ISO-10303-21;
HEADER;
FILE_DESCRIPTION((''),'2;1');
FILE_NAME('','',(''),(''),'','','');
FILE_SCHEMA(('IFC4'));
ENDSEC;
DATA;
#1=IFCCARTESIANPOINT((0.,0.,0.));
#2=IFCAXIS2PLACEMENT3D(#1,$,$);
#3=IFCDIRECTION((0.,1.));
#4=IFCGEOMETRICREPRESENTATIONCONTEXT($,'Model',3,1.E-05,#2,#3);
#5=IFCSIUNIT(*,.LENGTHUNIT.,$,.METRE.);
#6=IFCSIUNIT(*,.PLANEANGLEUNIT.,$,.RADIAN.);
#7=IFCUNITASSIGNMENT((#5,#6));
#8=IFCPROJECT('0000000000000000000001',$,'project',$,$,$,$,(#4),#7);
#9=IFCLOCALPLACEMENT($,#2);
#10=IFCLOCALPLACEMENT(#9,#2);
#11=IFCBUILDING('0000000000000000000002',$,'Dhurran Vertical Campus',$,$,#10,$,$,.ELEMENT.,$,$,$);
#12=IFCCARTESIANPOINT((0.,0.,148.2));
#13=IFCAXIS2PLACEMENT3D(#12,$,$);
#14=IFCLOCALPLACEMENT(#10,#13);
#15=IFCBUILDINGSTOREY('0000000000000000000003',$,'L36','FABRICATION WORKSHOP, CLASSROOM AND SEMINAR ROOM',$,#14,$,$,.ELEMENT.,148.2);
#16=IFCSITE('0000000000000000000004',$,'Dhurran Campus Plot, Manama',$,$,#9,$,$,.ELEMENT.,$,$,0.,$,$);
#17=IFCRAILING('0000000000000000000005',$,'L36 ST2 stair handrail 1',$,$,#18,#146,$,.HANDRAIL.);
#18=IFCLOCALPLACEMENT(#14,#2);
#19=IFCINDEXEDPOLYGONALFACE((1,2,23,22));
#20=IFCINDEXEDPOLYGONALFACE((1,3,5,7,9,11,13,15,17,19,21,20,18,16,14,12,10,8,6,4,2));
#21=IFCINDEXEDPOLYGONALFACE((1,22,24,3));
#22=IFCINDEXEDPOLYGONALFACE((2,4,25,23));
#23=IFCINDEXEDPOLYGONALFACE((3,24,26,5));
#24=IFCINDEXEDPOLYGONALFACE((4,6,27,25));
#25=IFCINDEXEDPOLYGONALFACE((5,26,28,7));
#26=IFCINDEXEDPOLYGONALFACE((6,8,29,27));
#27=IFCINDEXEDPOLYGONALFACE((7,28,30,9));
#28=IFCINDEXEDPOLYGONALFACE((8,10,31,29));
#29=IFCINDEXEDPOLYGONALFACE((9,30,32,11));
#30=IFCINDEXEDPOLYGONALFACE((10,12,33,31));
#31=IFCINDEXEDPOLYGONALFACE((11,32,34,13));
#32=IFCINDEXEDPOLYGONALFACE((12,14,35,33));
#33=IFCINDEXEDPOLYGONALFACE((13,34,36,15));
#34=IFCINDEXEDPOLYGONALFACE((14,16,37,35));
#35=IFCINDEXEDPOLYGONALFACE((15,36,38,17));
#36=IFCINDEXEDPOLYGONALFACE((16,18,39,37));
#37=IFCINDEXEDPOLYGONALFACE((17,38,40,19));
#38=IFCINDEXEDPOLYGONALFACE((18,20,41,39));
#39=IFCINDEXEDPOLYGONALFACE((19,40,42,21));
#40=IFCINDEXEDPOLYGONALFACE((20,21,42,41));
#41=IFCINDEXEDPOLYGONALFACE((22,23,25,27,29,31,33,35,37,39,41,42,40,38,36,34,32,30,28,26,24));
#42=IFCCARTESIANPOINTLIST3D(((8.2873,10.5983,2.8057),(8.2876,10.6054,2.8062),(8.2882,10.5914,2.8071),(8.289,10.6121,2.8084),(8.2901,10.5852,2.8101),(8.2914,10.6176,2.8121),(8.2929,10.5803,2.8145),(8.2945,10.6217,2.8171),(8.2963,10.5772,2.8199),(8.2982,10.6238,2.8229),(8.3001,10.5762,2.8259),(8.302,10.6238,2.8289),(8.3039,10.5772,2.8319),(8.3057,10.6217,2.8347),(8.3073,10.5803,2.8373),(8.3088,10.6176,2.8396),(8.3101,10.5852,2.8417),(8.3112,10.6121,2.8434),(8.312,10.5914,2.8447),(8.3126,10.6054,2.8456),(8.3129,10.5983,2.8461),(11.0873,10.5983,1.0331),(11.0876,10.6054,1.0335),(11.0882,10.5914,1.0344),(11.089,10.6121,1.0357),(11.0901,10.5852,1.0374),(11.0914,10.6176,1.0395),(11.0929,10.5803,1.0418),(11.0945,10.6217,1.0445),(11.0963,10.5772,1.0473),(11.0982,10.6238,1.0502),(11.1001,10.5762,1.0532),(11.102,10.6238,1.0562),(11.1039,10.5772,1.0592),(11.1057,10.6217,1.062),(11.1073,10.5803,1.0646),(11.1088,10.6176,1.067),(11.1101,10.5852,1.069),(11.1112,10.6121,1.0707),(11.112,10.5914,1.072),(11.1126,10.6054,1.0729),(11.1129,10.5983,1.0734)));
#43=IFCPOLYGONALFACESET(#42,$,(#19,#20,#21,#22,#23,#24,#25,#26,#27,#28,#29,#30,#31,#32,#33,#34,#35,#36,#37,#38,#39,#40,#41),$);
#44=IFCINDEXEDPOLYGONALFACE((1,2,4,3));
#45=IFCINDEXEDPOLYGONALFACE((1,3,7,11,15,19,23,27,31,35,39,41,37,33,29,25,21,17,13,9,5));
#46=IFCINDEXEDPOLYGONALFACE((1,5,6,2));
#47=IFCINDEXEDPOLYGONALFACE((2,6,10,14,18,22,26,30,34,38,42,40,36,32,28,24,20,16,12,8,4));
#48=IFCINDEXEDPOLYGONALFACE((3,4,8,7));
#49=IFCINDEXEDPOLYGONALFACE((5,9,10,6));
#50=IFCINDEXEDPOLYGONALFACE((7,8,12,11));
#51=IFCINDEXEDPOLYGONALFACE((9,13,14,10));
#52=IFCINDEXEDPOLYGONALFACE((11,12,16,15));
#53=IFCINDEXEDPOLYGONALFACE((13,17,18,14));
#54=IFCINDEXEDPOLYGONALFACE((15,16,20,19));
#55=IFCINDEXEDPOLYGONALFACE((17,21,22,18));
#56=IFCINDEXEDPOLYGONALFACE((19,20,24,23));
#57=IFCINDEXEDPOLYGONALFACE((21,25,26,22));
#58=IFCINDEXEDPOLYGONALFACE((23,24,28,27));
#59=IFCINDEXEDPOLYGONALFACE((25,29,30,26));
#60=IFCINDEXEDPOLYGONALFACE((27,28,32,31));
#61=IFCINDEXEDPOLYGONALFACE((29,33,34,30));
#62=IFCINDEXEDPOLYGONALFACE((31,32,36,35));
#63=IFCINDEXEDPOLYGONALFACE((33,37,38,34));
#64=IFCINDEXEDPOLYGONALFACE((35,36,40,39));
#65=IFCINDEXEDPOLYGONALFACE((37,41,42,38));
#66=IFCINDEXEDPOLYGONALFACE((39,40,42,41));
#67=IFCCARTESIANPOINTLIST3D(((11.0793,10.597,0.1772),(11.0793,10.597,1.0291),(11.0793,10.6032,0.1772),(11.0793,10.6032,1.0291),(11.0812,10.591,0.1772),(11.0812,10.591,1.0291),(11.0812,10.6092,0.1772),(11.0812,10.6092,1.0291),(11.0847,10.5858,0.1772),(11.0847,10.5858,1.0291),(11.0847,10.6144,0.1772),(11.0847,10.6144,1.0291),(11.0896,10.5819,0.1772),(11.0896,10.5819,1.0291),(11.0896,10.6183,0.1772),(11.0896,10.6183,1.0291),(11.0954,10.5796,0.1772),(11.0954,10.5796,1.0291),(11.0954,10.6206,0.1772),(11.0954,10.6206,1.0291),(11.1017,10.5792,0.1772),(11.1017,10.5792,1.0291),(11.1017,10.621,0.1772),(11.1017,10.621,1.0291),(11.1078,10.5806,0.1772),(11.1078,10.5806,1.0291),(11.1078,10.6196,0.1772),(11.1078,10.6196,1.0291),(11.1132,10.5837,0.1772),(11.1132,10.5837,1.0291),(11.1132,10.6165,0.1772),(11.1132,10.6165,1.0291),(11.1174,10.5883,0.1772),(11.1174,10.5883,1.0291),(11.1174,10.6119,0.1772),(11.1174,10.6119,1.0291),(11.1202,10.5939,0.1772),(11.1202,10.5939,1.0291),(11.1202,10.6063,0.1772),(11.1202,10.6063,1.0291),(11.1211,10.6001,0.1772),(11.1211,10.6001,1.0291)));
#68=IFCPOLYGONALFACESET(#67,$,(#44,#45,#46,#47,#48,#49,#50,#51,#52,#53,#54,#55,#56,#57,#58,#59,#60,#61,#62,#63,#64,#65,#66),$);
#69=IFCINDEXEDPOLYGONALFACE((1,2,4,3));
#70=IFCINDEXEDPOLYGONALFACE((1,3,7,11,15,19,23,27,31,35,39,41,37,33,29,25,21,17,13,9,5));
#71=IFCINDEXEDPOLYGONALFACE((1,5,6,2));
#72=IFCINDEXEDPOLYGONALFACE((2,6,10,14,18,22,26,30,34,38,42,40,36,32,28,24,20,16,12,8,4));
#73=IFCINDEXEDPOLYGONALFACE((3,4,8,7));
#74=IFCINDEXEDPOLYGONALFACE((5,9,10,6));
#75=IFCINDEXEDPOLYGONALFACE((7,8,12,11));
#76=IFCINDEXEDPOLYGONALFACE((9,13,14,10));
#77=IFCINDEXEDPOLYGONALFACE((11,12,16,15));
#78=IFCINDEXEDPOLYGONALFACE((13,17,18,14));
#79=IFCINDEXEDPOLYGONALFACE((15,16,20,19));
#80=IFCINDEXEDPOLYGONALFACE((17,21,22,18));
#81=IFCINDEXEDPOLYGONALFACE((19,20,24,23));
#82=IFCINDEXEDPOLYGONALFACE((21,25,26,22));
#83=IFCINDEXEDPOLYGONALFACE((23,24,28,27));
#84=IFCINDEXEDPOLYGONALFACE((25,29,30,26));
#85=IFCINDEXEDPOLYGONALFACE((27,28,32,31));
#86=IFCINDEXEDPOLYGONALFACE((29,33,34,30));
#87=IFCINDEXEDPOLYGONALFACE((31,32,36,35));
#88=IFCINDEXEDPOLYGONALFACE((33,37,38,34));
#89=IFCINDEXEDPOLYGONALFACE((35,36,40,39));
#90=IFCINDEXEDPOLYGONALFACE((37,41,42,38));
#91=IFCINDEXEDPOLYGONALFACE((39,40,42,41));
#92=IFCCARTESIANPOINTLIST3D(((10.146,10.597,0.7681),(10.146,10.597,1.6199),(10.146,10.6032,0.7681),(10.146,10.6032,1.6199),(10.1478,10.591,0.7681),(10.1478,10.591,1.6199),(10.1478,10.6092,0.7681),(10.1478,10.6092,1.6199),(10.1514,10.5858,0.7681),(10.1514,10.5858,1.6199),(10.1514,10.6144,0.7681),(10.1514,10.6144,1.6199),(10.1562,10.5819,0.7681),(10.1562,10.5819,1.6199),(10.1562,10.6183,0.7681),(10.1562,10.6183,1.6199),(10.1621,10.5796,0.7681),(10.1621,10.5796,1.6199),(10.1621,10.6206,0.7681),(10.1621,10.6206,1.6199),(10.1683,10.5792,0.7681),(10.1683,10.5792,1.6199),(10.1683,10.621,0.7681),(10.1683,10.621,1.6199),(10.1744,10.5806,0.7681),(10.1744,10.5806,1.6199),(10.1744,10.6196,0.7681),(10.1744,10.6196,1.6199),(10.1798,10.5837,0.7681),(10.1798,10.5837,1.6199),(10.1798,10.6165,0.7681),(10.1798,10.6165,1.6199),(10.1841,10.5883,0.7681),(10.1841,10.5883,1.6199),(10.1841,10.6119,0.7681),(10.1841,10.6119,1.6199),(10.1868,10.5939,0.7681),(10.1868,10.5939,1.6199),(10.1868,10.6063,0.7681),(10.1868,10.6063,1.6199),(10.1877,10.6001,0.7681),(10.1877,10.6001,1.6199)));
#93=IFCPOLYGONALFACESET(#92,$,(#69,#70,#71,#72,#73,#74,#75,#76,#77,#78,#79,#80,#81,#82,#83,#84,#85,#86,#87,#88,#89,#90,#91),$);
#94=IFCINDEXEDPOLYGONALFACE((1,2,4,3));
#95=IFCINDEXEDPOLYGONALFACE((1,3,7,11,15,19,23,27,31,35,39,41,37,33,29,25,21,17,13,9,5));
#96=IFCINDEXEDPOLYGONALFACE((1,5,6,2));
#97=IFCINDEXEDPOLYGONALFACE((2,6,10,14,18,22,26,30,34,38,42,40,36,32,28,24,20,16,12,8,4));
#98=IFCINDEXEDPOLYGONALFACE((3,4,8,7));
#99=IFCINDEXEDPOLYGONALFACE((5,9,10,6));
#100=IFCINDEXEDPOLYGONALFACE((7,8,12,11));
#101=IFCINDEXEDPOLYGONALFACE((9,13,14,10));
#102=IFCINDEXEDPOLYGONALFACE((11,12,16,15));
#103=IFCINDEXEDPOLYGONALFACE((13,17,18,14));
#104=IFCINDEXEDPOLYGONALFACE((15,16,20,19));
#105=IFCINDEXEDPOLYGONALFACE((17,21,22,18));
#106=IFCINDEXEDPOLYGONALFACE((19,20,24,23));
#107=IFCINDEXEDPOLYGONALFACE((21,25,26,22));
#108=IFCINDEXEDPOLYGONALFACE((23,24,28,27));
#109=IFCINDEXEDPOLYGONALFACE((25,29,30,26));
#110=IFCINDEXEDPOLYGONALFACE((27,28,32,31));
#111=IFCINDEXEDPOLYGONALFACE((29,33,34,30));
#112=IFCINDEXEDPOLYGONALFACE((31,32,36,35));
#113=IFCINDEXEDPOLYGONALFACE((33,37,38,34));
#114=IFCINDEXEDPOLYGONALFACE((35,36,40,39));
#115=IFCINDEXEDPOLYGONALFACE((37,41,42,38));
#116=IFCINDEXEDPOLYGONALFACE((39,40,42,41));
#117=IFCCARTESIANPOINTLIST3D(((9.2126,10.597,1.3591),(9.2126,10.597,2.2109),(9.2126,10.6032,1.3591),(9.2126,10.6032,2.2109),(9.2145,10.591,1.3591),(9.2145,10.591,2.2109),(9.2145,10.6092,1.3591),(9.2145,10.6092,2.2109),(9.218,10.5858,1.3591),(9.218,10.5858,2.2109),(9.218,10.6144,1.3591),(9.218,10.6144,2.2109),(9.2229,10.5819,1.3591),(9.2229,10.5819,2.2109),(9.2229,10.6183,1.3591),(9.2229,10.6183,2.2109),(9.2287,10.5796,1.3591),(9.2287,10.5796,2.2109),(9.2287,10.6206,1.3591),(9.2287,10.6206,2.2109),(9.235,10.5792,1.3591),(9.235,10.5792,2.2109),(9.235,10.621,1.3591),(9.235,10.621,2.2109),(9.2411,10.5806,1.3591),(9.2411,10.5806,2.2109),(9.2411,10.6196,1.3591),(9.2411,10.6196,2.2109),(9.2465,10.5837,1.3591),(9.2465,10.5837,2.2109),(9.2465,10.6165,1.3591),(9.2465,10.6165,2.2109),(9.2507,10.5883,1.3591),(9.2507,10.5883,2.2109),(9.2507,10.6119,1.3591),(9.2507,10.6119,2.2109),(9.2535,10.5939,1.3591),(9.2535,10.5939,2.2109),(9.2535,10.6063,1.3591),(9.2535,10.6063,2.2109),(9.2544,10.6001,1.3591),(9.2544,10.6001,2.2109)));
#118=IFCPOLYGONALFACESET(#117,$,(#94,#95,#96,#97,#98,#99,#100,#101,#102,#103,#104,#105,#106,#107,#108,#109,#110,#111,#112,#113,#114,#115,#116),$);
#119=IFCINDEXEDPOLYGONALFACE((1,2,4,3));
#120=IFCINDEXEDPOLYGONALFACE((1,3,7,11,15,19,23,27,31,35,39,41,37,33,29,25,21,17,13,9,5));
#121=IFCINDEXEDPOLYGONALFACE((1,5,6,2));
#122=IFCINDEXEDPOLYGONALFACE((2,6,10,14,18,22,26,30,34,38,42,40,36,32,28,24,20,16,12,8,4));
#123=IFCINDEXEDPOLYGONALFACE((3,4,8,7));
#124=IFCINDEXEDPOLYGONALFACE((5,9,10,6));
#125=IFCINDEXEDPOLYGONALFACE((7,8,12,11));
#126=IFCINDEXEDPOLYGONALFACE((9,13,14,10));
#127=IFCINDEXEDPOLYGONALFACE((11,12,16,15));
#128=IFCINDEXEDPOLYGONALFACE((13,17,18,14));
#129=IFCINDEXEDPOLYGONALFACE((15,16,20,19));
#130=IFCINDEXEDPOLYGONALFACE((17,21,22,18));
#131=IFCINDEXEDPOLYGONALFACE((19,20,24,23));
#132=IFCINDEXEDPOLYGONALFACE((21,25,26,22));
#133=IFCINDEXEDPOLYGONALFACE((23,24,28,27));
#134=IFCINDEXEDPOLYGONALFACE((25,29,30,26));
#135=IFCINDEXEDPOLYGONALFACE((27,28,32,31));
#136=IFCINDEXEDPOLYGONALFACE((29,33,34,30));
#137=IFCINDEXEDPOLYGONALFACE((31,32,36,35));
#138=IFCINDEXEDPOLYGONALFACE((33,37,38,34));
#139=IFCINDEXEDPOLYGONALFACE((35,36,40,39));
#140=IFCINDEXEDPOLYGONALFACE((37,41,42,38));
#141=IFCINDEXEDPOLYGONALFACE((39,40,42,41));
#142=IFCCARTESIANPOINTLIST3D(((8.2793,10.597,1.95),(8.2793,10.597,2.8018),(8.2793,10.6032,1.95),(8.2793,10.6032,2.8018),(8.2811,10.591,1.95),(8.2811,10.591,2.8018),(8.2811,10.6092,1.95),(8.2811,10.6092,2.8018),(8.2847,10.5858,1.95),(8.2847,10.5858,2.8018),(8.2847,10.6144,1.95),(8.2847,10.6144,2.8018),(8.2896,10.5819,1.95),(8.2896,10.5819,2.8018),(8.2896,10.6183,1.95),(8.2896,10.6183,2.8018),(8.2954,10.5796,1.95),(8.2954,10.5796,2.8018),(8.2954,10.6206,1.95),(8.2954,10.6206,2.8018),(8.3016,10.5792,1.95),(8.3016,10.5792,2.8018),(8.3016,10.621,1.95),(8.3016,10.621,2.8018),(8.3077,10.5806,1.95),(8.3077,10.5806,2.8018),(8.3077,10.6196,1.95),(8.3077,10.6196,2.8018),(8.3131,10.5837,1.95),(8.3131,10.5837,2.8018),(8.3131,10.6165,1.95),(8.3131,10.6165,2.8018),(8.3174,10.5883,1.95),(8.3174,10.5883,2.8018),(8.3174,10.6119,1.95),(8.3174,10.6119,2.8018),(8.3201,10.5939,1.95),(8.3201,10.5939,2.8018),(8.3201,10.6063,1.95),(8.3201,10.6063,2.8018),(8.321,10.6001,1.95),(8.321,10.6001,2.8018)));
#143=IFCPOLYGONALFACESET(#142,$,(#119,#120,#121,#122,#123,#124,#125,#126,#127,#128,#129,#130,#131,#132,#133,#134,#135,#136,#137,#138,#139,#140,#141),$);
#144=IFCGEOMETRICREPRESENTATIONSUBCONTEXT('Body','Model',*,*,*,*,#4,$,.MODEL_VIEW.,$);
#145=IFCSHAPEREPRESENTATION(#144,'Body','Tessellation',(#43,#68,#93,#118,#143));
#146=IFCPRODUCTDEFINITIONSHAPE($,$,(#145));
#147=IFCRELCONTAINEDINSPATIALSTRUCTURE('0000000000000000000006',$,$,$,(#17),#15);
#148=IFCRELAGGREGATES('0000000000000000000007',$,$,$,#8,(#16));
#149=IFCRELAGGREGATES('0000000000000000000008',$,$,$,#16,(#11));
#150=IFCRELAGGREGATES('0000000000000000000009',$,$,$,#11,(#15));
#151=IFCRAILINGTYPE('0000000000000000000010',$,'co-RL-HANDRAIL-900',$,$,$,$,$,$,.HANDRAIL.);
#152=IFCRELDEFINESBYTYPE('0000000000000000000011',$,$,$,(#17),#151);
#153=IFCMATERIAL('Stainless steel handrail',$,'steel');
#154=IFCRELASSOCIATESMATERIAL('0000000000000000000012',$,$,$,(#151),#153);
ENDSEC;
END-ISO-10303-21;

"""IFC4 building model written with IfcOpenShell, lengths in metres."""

from ifc_helpers import new_model, si_unit, direction, frame, origin, origin_2d, place, context, subcontext, project, spatial, circle, extrude, material, type_object, element, save


model = new_model("IFC4")

# Units and contexts
model_context = context("Model", 3, precision=1e-05, world=origin(), true_north=direction((0.0, 1.0)))
body_context = subcontext(model_context, "Body", "Model", "MODEL_VIEW")
ifc_project = project(units=[si_unit("LENGTHUNIT", "METRE"), si_unit("PLANEANGLEUNIT", "RADIAN")], contexts=[model_context])

# Site, building, storey
site_placement = place(None, origin())
site = spatial("IfcSite", under=ifc_project, at=site_placement, Name="Dhurran Campus Plot, Manama", CompositionType="ELEMENT", RefElevation=0.0)
building_placement = place(site_placement, origin())
building = spatial("IfcBuilding", under=site, at=building_placement, Name="Dhurran Vertical Campus", CompositionType="ELEMENT")
storey_placement = place(building_placement, frame((0.0, 0.0, 148.2)))
storey = spatial("IfcBuildingStorey", under=building, at=storey_placement, Name="L36", Description="FABRICATION WORKSHOP, CLASSROOM AND SEMINAR ROOM", CompositionType="ELEMENT", Elevation=148.2)

# Railing
ifc_material_1 = material(Name="Stainless steel handrail", Category="steel")
railing_type_1 = type_object("IfcRailingType", Name="co-RL-HANDRAIL-900", PredefinedType="HANDRAIL", material=ifc_material_1)
railing_1_placement = place(storey_placement, frame((11.1001, 10.6001, 0.1772)))
element("IfcRailing", 1, at=railing_1_placement, inside=storey, type_object=railing_type_1, Name="L36 ST2 stair handrail 1", PredefinedType="HANDRAIL", context=body_context, shape_type="SweptSolid", body=[
    extrude(circle(Radius=0.0239, at=origin_2d()), frame((0.0, 0.0, 0.876), z_axis=(-0.844909, 0.0, 0.53491), x_axis=(0.0, -1.0, 0.0)), (0.0, 0.0, 1.0), 3.314),
    extrude(circle(Radius=0.021, at=origin_2d()), origin(), (0.0, 0.0, 1.0), 0.8518),
    extrude(circle(Radius=0.021, at=origin_2d()), frame((-0.9333, 0.0, 0.5908)), (0.0, 0.0, 1.0), 0.8518),
    extrude(circle(Radius=0.021, at=origin_2d()), frame((-1.8667, 0.0, 1.1819)), (0.0, 0.0, 1.0), 0.8518),
    extrude(circle(Radius=0.021, at=origin_2d()), frame((-2.8, 0.0, 1.7727)), (0.0, 0.0, 1.0), 0.8518),
])

save(model, "model.ifc")
